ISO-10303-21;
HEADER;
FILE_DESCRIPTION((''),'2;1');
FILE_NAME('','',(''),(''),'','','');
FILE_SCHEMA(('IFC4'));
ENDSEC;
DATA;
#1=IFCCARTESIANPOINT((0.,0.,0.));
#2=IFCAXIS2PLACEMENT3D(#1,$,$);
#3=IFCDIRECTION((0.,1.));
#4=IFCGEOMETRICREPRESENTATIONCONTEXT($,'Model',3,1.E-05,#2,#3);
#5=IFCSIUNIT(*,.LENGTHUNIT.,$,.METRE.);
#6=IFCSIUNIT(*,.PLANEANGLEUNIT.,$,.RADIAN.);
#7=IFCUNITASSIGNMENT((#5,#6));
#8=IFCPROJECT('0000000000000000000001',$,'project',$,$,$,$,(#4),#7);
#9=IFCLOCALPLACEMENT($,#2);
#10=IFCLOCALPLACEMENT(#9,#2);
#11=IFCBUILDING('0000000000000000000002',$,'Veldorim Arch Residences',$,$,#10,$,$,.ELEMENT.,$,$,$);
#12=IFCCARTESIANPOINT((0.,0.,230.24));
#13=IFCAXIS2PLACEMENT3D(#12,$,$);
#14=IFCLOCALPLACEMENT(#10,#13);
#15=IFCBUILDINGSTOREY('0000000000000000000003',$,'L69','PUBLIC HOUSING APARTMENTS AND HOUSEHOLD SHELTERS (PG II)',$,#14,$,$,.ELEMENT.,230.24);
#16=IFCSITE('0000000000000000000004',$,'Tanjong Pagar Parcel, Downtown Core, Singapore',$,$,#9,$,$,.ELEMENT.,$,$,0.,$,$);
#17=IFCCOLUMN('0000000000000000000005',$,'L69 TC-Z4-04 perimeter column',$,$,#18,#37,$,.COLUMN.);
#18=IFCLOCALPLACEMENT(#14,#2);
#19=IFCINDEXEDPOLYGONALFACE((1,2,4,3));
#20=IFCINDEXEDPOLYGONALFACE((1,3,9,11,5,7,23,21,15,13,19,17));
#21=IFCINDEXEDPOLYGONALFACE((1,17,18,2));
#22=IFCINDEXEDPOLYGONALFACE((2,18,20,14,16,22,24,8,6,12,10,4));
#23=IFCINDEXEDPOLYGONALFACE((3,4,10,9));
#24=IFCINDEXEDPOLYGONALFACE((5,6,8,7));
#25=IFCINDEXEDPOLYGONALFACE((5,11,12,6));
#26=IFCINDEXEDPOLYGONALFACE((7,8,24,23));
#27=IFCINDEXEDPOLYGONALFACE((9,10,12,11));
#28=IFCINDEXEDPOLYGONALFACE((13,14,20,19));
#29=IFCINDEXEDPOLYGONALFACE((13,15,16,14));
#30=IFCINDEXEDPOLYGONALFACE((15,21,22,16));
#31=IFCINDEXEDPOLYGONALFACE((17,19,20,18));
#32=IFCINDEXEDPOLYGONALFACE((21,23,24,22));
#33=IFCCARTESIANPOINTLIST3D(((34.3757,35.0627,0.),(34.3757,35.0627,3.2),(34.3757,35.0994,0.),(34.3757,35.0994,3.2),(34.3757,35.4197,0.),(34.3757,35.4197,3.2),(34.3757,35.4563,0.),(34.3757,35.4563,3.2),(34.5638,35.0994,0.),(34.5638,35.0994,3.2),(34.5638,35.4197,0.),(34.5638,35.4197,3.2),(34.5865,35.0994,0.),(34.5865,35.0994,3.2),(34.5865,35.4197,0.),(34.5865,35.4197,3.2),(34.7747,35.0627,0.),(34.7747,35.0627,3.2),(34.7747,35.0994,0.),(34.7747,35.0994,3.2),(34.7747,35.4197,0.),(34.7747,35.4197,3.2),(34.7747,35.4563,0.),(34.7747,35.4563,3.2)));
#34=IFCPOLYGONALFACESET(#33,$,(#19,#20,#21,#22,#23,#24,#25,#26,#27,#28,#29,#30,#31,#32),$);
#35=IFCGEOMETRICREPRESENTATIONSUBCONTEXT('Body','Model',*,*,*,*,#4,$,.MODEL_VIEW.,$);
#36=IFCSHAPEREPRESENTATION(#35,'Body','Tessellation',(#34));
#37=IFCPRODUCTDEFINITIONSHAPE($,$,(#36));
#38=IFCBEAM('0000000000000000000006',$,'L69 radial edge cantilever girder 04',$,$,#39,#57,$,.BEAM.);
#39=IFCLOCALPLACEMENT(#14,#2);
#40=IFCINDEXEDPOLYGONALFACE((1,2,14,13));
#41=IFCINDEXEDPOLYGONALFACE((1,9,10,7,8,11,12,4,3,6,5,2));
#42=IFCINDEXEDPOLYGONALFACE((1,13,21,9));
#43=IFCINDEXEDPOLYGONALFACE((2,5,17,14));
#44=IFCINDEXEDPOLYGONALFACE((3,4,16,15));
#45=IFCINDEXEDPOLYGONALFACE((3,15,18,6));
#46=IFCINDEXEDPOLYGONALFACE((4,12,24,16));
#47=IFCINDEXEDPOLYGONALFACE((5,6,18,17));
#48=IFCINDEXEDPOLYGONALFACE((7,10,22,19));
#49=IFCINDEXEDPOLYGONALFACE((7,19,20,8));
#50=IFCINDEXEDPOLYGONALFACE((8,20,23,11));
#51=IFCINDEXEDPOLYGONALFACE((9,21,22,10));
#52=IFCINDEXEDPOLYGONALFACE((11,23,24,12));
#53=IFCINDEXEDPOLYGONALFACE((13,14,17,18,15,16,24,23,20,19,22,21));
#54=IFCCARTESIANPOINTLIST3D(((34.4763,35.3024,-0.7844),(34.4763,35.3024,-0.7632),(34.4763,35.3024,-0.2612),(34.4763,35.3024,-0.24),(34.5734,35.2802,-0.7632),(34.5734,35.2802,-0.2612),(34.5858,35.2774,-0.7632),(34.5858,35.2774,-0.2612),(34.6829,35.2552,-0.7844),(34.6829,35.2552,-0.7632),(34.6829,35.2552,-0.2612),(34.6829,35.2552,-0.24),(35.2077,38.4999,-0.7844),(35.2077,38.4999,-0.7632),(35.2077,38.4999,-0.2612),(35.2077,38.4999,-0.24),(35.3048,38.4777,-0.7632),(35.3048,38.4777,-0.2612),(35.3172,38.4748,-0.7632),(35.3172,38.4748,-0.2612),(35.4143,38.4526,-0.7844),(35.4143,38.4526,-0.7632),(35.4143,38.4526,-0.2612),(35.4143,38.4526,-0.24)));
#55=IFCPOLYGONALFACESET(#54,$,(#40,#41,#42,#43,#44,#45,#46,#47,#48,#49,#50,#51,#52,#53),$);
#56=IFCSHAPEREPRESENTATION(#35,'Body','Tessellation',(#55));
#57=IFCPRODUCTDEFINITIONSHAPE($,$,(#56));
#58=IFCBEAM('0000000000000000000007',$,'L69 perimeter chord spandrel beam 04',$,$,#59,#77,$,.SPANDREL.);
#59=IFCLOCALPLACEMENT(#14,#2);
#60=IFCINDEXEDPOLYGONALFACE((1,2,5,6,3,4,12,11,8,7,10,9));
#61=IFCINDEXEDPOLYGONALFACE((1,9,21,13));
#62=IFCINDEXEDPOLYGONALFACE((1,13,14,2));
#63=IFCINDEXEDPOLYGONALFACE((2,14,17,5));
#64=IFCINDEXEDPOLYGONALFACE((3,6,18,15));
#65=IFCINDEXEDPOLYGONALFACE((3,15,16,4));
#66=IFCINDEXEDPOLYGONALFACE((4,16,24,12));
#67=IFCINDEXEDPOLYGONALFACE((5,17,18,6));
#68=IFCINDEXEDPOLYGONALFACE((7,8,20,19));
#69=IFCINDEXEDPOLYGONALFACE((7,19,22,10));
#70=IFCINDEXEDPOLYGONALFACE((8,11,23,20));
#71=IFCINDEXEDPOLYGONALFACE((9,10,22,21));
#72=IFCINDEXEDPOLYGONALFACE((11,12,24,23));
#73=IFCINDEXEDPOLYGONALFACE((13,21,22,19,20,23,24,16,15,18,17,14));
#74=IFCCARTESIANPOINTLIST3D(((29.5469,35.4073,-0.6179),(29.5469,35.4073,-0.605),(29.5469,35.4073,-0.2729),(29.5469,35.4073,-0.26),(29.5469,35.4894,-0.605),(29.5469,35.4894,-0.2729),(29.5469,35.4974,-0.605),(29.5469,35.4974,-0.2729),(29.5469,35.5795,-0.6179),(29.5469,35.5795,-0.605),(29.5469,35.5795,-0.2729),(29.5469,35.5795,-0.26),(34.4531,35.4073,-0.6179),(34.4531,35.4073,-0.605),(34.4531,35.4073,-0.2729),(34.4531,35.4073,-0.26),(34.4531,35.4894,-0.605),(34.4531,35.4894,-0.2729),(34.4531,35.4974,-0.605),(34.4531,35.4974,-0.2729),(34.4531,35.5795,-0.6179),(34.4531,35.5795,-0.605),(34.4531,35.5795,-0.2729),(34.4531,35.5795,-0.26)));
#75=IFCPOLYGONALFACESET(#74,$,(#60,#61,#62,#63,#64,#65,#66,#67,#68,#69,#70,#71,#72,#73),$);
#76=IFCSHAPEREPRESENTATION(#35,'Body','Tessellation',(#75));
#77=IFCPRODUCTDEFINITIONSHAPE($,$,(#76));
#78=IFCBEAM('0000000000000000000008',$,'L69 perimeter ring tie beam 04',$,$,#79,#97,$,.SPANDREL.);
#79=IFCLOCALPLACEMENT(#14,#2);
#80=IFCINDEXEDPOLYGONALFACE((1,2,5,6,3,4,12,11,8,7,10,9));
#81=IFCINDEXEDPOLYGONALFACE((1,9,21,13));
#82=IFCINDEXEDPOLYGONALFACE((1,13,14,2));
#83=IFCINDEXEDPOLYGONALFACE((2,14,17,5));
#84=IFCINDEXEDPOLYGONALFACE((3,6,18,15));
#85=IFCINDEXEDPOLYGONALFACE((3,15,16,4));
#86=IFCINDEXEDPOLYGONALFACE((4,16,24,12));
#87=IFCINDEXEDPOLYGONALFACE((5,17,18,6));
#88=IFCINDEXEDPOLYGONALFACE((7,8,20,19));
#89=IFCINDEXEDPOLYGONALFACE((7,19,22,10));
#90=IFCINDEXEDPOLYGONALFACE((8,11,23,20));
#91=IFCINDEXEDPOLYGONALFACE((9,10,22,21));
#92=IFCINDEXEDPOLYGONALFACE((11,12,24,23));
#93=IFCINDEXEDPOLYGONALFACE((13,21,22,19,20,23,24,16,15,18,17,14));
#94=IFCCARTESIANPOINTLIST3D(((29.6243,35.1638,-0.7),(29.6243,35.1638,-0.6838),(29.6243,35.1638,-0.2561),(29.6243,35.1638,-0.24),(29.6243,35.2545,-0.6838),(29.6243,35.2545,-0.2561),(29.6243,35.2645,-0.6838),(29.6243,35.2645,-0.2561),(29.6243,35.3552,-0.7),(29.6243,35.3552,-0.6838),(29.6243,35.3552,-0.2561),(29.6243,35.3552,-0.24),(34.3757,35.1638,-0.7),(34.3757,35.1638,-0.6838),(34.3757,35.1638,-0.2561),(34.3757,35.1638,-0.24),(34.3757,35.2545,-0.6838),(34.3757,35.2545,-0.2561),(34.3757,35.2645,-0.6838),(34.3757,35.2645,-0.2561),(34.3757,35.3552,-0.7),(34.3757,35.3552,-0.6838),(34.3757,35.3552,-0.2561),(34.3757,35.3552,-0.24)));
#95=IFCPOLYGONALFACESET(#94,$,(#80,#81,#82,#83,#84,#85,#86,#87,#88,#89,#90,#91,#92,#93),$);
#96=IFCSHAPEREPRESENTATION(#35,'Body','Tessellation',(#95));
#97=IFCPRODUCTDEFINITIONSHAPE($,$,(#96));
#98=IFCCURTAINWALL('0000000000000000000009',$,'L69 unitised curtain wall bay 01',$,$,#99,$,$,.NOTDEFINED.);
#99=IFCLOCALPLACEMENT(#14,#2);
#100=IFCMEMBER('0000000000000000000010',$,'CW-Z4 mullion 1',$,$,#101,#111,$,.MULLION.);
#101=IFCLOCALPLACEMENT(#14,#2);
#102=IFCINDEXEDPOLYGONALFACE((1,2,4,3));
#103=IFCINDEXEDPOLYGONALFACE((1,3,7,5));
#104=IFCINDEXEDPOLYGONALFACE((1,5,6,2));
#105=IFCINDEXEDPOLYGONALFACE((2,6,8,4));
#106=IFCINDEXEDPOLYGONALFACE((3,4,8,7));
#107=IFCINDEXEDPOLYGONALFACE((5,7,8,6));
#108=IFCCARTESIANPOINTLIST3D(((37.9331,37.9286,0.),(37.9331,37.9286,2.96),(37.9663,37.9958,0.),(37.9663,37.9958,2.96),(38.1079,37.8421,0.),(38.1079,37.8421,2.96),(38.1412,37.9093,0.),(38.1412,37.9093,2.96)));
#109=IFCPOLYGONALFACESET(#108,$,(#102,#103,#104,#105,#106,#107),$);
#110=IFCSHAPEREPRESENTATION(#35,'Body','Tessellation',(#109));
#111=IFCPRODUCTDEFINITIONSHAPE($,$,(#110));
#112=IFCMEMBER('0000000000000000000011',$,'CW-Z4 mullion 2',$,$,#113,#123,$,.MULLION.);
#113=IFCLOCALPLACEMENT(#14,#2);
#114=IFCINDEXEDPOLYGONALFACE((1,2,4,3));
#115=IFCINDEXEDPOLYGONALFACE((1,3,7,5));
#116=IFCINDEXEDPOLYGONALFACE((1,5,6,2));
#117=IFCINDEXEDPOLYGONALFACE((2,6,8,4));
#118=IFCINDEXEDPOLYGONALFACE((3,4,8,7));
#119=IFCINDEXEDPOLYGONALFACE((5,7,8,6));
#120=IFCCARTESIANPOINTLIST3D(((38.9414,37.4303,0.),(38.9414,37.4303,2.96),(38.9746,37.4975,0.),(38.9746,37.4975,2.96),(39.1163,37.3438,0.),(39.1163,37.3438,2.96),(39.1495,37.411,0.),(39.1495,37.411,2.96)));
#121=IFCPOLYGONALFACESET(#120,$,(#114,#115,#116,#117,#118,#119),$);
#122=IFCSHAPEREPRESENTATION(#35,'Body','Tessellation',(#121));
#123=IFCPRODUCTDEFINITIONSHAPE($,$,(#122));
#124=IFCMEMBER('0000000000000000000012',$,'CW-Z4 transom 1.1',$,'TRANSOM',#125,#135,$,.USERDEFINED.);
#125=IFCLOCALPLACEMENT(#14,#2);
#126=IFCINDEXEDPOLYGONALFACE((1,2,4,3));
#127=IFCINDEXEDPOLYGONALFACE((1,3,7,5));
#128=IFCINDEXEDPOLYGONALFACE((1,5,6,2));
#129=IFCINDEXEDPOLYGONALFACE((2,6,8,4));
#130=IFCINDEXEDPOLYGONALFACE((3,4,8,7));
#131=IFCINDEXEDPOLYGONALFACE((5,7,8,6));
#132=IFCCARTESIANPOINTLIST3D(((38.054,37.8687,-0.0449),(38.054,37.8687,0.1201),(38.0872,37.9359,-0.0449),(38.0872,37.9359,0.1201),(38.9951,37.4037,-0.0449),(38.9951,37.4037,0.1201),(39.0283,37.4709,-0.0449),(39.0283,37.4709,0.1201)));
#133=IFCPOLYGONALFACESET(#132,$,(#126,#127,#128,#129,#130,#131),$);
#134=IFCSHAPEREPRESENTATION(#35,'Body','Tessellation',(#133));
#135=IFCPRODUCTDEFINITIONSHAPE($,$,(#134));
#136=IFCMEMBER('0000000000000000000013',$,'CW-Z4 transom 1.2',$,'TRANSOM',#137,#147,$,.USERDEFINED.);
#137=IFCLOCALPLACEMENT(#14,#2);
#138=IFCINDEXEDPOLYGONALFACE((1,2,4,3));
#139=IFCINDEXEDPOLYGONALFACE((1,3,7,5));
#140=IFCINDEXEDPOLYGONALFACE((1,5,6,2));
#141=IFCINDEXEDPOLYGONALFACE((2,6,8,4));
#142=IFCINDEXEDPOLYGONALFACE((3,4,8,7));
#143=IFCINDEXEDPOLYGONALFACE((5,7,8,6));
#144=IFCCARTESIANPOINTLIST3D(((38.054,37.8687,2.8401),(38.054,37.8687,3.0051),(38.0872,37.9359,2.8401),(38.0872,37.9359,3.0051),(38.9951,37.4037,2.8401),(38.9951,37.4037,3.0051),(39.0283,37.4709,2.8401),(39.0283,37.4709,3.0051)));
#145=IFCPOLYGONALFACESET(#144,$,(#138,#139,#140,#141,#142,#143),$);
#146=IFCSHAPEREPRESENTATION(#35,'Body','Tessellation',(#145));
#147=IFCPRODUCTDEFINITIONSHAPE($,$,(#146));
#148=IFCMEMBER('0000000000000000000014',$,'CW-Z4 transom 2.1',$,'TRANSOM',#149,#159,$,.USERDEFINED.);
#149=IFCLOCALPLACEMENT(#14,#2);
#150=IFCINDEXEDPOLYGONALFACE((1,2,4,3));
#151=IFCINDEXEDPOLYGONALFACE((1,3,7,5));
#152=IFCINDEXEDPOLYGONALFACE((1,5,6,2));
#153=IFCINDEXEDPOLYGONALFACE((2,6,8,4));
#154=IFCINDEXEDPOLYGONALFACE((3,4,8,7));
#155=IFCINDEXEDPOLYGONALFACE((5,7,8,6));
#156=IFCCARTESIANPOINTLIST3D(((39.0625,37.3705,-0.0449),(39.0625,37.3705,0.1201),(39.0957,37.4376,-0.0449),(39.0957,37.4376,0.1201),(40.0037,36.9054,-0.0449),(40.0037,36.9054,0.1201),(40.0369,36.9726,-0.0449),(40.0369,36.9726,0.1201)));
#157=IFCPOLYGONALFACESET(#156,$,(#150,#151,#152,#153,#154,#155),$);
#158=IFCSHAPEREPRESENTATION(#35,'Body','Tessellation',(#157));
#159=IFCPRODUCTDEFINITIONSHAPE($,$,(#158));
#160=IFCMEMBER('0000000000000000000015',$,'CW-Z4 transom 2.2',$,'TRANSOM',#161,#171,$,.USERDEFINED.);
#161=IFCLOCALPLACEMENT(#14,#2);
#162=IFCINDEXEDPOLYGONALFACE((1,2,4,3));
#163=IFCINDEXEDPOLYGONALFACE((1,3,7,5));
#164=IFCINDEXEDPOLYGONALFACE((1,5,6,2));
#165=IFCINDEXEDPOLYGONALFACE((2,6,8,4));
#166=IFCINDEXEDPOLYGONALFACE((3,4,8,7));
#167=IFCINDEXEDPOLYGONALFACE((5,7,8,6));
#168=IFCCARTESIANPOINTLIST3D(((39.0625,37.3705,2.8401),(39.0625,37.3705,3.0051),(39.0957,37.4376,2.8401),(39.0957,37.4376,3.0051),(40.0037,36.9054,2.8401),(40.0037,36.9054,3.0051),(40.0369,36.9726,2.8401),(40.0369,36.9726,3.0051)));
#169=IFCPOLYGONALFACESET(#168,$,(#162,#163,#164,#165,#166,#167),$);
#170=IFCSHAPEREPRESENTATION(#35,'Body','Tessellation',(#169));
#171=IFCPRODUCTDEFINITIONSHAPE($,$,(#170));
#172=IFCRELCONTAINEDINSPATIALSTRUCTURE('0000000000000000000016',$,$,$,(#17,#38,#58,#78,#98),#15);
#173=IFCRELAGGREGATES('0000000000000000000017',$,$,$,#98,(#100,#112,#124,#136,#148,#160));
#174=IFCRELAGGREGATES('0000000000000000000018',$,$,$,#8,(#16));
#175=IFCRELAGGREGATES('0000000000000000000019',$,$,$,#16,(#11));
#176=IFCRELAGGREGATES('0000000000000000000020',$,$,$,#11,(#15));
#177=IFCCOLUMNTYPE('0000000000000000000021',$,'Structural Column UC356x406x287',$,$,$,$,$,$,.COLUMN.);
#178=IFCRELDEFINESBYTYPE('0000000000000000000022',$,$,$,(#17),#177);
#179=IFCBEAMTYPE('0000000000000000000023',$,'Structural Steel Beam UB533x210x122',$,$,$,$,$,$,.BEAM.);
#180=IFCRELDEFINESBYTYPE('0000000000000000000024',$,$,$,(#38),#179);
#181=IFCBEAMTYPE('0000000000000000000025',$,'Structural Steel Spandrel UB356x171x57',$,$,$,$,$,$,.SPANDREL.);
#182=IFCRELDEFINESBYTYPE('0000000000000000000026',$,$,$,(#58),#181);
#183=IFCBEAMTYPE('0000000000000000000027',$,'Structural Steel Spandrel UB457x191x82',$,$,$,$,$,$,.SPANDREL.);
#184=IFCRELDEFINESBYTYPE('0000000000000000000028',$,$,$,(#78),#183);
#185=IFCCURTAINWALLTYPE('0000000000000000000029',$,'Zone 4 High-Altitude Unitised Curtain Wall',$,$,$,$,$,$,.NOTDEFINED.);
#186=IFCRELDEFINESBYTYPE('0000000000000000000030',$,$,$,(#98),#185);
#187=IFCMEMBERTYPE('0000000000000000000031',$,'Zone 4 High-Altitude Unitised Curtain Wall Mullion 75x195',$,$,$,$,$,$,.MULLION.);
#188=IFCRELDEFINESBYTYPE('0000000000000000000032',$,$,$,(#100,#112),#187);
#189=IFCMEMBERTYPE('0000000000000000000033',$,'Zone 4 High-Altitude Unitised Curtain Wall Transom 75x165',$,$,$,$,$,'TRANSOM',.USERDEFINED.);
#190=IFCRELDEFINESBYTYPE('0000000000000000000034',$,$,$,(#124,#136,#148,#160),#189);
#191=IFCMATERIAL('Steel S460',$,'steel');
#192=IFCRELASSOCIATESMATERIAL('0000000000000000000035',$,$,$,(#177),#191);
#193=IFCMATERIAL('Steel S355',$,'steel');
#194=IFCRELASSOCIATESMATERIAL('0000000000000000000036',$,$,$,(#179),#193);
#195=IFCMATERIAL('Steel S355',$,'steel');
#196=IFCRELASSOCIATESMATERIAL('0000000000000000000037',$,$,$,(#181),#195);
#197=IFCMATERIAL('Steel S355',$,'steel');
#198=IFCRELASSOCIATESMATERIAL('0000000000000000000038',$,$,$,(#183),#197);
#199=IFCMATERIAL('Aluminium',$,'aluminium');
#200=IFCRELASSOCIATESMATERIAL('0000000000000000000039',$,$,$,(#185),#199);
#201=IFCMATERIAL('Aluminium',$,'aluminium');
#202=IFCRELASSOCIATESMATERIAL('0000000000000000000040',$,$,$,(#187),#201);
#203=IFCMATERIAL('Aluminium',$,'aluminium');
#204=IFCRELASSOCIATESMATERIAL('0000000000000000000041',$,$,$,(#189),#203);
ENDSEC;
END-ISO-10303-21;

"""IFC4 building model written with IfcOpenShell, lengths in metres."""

from ifc_helpers import new_model, si_unit, direction, frame, origin, origin_2d, place, context, subcontext, project, spatial, rectangle, i_section, extrude, material, material_profile, profile_set, type_object, element, aggregate, save


model = new_model("IFC4")

# Units and contexts
model_context = context("Model", 3, precision=1e-05, world=origin(), true_north=direction((0.0, 1.0)))
body_context = subcontext(model_context, "Body", "Model", "MODEL_VIEW")
ifc_project = project(units=[si_unit("LENGTHUNIT", "METRE"), si_unit("PLANEANGLEUNIT", "RADIAN")], contexts=[model_context])

# Site, building, storey
site_placement = place(None, origin())
site = spatial("IfcSite", under=ifc_project, at=site_placement, Name="Tanjong Pagar Parcel, Downtown Core, Singapore", CompositionType="ELEMENT", RefElevation=0.0)
building_placement = place(site_placement, origin())
building = spatial("IfcBuilding", under=site, at=building_placement, Name="Veldorim Arch Residences", CompositionType="ELEMENT")
storey_placement = place(building_placement, frame((0.0, 0.0, 230.24)))
storey = spatial("IfcBuildingStorey", under=building, at=storey_placement, Name="L69", Description="PUBLIC HOUSING APARTMENTS AND HOUSEHOLD SHELTERS (PG II)", CompositionType="ELEMENT", Elevation=230.24)

# Column
ifc_material_1 = material(Name="Steel S460", Category="steel")
ifc_material_profile_1 = material_profile(ifc_material_1, i_section(OverallWidth=0.3989, OverallDepth=0.3936, WebThickness=0.0227, FlangeThickness=0.0366, at=origin_2d()), Name="UC356x406x287")
ifc_profile_set_1 = profile_set([ifc_material_profile_1], Name="Steel S460")
column_type = type_object("IfcColumnType", Name="Structural Column UC356x406x287", PredefinedType="COLUMN", material=ifc_profile_set_1)
column_placement = place(storey_placement, frame((34.5752, 35.2595, 0.0), z_axis=(0.0, 0.0, 1.0), x_axis=(1.0, 0.0, 0.0)))
element("IfcColumn", 1, at=column_placement, inside=storey, type_object=column_type, Name="L69 TC-Z4-04 perimeter column", PredefinedType="COLUMN", context=body_context, shape_type="SweptSolid", body=[
    extrude(i_section(OverallWidth=0.3989, OverallDepth=0.3936, WebThickness=0.0227, FlangeThickness=0.0366, at=origin_2d()), origin(), (0.0, 0.0, 1.0), 3.2),
])

# Beams
ifc_material_2 = material(Name="Steel S355", Category="steel")
ifc_material_profile_2 = material_profile(ifc_material_2, i_section(OverallWidth=0.2119, OverallDepth=0.5444, WebThickness=0.0127, FlangeThickness=0.0212, at=origin_2d()), Name="UB533x210x122")
ifc_profile_set_2 = profile_set([ifc_material_profile_2], Name="Steel S355")
beam_type_1 = type_object("IfcBeamType", Name="Structural Steel Beam UB533x210x122", PredefinedType="BEAM", material=ifc_profile_set_2)
beam_1_placement = place(storey_placement, frame((34.5796, 35.2788, -0.5122), z_axis=(0.222995, 0.97482, 0.0), x_axis=(-0.97482, 0.222995, 0.0)))
element("IfcBeam", 2, at=beam_1_placement, inside=storey, type_object=beam_type_1, Name="L69 radial edge cantilever girder 04", PredefinedType="BEAM", context=body_context, shape_type="SweptSolid", body=[
    extrude(i_section(OverallWidth=0.2119, OverallDepth=0.5444, WebThickness=0.0127, FlangeThickness=0.0212, at=origin_2d()), origin(), (0.0, 0.0, 1.0), 3.28),
])
ifc_material_3 = material(Name="Steel S355", Category="steel")
ifc_material_profile_3 = material_profile(ifc_material_3, i_section(OverallWidth=0.1721, OverallDepth=0.3579, WebThickness=0.0081, FlangeThickness=0.0129, at=origin_2d()), Name="UB356x171x57")
ifc_profile_set_3 = profile_set([ifc_material_profile_3], Name="Steel S355")
beam_type_2 = type_object("IfcBeamType", Name="Structural Steel Spandrel UB356x171x57", PredefinedType="SPANDREL", material=ifc_profile_set_3)
beam_2_placement = place(storey_placement, frame((34.4531, 35.4934, -0.439), z_axis=(-1.0, 0.0, 0.0), x_axis=(0.0, -1.0, 0.0)))
element("IfcBeam", 3, at=beam_2_placement, inside=storey, type_object=beam_type_2, Name="L69 perimeter chord spandrel beam 04", PredefinedType="SPANDREL", context=body_context, shape_type="SweptSolid", body=[
    extrude(i_section(OverallWidth=0.1721, OverallDepth=0.3579, WebThickness=0.0081, FlangeThickness=0.0129, at=origin_2d()), origin(), (0.0, 0.0, 1.0), 4.9062),
])
ifc_material_4 = material(Name="Steel S355", Category="steel")
ifc_material_profile_4 = material_profile(ifc_material_4, i_section(OverallWidth=0.1914, OverallDepth=0.46, WebThickness=0.01, FlangeThickness=0.0161, at=origin_2d()), Name="UB457x191x82")
ifc_profile_set_4 = profile_set([ifc_material_profile_4], Name="Steel S355")
beam_type_3 = type_object("IfcBeamType", Name="Structural Steel Spandrel UB457x191x82", PredefinedType="SPANDREL", material=ifc_profile_set_4)
beam_3_placement = place(storey_placement, frame((34.3757, 35.2595, -0.47), z_axis=(-1.0, 0.0, 0.0), x_axis=(0.0, -1.0, 0.0)))
element("IfcBeam", 4, at=beam_3_placement, inside=storey, type_object=beam_type_3, Name="L69 perimeter ring tie beam 04", PredefinedType="SPANDREL", context=body_context, shape_type="SweptSolid", body=[
    extrude(i_section(OverallWidth=0.1914, OverallDepth=0.46, WebThickness=0.01, FlangeThickness=0.0161, at=origin_2d()), origin(), (0.0, 0.0, 1.0), 4.7515),
])

# Curtain wall, members
ifc_material_5 = material(Name="Aluminium", Category="aluminium")
curtain_wall_type = type_object("IfcCurtainWallType", Name="Zone 4 High-Altitude Unitised Curtain Wall", PredefinedType="NOTDEFINED", material=ifc_material_5)
curtain_wall_placement = place(storey_placement, origin())
curtain_wall = element("IfcCurtainWall", 5, at=curtain_wall_placement, inside=storey, type_object=curtain_wall_type, Name="L69 unitised curtain wall bay 01", PredefinedType="NOTDEFINED")
ifc_material_6 = material(Name="Aluminium", Category="aluminium")
ifc_material_profile_5 = material_profile(ifc_material_6, rectangle(XDim=0.075, YDim=0.1951, at=origin_2d()), Name="ALU_MUL_75x195")
ifc_profile_set_5 = profile_set([ifc_material_profile_5], Name="Aluminium")
member_type_1 = type_object("IfcMemberType", Name="Zone 4 High-Altitude Unitised Curtain Wall Mullion 75x195", PredefinedType="MULLION", material=ifc_profile_set_5)
member_1_placement = place(storey_placement, frame((38.0371, 37.9189, 0.0), z_axis=(0.0, 0.0, 1.0), x_axis=(0.442993, 0.896525, 0.0)))
member_1 = element("IfcMember", 6, at=member_1_placement, type_object=member_type_1, Name="CW-Z4 mullion 1", PredefinedType="MULLION", context=body_context, shape_type="SweptSolid", body=[
    extrude(rectangle(XDim=0.075, YDim=0.1951, at=origin_2d()), origin(), (0.0, 0.0, 1.0), 2.96),
])
member_2_placement = place(storey_placement, frame((39.0454, 37.4207, 0.0), z_axis=(0.0, 0.0, 1.0), x_axis=(0.442993, 0.896525, 0.0)))
member_2 = element("IfcMember", 7, at=member_2_placement, type_object=member_type_1, Name="CW-Z4 mullion 2", PredefinedType="MULLION", context=body_context, shape_type="SweptSolid", body=[
    extrude(rectangle(XDim=0.075, YDim=0.1951, at=origin_2d()), origin(), (0.0, 0.0, 1.0), 2.96),
])
ifc_material_7 = material(Name="Aluminium", Category="aluminium")
ifc_material_profile_6 = material_profile(ifc_material_7, rectangle(XDim=0.075, YDim=0.165, at=origin_2d()), Name="ALU_TRN_75x165")
ifc_profile_set_6 = profile_set([ifc_material_profile_6], Name="Aluminium")
member_type_2 = type_object("IfcMemberType", Name="Zone 4 High-Altitude Unitised Curtain Wall Transom 75x165", ElementType="TRANSOM", PredefinedType="USERDEFINED", material=ifc_profile_set_6)
member_3_placement = place(storey_placement, frame((38.0706, 37.9023, 0.0376), z_axis=(0.89651, -0.443023, 0.0), x_axis=(0.443023, 0.89651, 0.0)))
member_3 = element("IfcMember", 8, at=member_3_placement, type_object=member_type_2, Name="CW-Z4 transom 1.1", ObjectType="TRANSOM", PredefinedType="USERDEFINED", context=body_context, shape_type="SweptSolid", body=[
    extrude(rectangle(XDim=0.075, YDim=0.165, at=origin_2d()), origin(), (0.0, 0.0, 1.0), 1.0498),
])
member_4_placement = place(storey_placement, frame((38.0706, 37.9023, 2.9226), z_axis=(0.89651, -0.443023, 0.0), x_axis=(0.443023, 0.89651, 0.0)))
member_4 = element("IfcMember", 9, at=member_4_placement, type_object=member_type_2, Name="CW-Z4 transom 1.2", ObjectType="TRANSOM", PredefinedType="USERDEFINED", context=body_context, shape_type="SweptSolid", body=[
    extrude(rectangle(XDim=0.075, YDim=0.165, at=origin_2d()), origin(), (0.0, 0.0, 1.0), 1.0498),
])
member_5_placement = place(storey_placement, frame((39.0791, 37.4041, 0.0376), z_axis=(0.89651, -0.443023, 0.0), x_axis=(0.443023, 0.89651, 0.0)))
member_5 = element("IfcMember", 10, at=member_5_placement, type_object=member_type_2, Name="CW-Z4 transom 2.1", ObjectType="TRANSOM", PredefinedType="USERDEFINED", context=body_context, shape_type="SweptSolid", body=[
    extrude(rectangle(XDim=0.075, YDim=0.165, at=origin_2d()), origin(), (0.0, 0.0, 1.0), 1.0498),
])
member_6_placement = place(storey_placement, frame((39.0791, 37.4041, 2.9226), z_axis=(0.89651, -0.443023, 0.0), x_axis=(0.443023, 0.89651, 0.0)))
member_6 = element("IfcMember", 11, at=member_6_placement, type_object=member_type_2, Name="CW-Z4 transom 2.2", ObjectType="TRANSOM", PredefinedType="USERDEFINED", context=body_context, shape_type="SweptSolid", body=[
    extrude(rectangle(XDim=0.075, YDim=0.165, at=origin_2d()), origin(), (0.0, 0.0, 1.0), 1.0498),
])
aggregate(curtain_wall, [member_1, member_2, member_3, member_4, member_5, member_6])

save(model, "model.ifc")
